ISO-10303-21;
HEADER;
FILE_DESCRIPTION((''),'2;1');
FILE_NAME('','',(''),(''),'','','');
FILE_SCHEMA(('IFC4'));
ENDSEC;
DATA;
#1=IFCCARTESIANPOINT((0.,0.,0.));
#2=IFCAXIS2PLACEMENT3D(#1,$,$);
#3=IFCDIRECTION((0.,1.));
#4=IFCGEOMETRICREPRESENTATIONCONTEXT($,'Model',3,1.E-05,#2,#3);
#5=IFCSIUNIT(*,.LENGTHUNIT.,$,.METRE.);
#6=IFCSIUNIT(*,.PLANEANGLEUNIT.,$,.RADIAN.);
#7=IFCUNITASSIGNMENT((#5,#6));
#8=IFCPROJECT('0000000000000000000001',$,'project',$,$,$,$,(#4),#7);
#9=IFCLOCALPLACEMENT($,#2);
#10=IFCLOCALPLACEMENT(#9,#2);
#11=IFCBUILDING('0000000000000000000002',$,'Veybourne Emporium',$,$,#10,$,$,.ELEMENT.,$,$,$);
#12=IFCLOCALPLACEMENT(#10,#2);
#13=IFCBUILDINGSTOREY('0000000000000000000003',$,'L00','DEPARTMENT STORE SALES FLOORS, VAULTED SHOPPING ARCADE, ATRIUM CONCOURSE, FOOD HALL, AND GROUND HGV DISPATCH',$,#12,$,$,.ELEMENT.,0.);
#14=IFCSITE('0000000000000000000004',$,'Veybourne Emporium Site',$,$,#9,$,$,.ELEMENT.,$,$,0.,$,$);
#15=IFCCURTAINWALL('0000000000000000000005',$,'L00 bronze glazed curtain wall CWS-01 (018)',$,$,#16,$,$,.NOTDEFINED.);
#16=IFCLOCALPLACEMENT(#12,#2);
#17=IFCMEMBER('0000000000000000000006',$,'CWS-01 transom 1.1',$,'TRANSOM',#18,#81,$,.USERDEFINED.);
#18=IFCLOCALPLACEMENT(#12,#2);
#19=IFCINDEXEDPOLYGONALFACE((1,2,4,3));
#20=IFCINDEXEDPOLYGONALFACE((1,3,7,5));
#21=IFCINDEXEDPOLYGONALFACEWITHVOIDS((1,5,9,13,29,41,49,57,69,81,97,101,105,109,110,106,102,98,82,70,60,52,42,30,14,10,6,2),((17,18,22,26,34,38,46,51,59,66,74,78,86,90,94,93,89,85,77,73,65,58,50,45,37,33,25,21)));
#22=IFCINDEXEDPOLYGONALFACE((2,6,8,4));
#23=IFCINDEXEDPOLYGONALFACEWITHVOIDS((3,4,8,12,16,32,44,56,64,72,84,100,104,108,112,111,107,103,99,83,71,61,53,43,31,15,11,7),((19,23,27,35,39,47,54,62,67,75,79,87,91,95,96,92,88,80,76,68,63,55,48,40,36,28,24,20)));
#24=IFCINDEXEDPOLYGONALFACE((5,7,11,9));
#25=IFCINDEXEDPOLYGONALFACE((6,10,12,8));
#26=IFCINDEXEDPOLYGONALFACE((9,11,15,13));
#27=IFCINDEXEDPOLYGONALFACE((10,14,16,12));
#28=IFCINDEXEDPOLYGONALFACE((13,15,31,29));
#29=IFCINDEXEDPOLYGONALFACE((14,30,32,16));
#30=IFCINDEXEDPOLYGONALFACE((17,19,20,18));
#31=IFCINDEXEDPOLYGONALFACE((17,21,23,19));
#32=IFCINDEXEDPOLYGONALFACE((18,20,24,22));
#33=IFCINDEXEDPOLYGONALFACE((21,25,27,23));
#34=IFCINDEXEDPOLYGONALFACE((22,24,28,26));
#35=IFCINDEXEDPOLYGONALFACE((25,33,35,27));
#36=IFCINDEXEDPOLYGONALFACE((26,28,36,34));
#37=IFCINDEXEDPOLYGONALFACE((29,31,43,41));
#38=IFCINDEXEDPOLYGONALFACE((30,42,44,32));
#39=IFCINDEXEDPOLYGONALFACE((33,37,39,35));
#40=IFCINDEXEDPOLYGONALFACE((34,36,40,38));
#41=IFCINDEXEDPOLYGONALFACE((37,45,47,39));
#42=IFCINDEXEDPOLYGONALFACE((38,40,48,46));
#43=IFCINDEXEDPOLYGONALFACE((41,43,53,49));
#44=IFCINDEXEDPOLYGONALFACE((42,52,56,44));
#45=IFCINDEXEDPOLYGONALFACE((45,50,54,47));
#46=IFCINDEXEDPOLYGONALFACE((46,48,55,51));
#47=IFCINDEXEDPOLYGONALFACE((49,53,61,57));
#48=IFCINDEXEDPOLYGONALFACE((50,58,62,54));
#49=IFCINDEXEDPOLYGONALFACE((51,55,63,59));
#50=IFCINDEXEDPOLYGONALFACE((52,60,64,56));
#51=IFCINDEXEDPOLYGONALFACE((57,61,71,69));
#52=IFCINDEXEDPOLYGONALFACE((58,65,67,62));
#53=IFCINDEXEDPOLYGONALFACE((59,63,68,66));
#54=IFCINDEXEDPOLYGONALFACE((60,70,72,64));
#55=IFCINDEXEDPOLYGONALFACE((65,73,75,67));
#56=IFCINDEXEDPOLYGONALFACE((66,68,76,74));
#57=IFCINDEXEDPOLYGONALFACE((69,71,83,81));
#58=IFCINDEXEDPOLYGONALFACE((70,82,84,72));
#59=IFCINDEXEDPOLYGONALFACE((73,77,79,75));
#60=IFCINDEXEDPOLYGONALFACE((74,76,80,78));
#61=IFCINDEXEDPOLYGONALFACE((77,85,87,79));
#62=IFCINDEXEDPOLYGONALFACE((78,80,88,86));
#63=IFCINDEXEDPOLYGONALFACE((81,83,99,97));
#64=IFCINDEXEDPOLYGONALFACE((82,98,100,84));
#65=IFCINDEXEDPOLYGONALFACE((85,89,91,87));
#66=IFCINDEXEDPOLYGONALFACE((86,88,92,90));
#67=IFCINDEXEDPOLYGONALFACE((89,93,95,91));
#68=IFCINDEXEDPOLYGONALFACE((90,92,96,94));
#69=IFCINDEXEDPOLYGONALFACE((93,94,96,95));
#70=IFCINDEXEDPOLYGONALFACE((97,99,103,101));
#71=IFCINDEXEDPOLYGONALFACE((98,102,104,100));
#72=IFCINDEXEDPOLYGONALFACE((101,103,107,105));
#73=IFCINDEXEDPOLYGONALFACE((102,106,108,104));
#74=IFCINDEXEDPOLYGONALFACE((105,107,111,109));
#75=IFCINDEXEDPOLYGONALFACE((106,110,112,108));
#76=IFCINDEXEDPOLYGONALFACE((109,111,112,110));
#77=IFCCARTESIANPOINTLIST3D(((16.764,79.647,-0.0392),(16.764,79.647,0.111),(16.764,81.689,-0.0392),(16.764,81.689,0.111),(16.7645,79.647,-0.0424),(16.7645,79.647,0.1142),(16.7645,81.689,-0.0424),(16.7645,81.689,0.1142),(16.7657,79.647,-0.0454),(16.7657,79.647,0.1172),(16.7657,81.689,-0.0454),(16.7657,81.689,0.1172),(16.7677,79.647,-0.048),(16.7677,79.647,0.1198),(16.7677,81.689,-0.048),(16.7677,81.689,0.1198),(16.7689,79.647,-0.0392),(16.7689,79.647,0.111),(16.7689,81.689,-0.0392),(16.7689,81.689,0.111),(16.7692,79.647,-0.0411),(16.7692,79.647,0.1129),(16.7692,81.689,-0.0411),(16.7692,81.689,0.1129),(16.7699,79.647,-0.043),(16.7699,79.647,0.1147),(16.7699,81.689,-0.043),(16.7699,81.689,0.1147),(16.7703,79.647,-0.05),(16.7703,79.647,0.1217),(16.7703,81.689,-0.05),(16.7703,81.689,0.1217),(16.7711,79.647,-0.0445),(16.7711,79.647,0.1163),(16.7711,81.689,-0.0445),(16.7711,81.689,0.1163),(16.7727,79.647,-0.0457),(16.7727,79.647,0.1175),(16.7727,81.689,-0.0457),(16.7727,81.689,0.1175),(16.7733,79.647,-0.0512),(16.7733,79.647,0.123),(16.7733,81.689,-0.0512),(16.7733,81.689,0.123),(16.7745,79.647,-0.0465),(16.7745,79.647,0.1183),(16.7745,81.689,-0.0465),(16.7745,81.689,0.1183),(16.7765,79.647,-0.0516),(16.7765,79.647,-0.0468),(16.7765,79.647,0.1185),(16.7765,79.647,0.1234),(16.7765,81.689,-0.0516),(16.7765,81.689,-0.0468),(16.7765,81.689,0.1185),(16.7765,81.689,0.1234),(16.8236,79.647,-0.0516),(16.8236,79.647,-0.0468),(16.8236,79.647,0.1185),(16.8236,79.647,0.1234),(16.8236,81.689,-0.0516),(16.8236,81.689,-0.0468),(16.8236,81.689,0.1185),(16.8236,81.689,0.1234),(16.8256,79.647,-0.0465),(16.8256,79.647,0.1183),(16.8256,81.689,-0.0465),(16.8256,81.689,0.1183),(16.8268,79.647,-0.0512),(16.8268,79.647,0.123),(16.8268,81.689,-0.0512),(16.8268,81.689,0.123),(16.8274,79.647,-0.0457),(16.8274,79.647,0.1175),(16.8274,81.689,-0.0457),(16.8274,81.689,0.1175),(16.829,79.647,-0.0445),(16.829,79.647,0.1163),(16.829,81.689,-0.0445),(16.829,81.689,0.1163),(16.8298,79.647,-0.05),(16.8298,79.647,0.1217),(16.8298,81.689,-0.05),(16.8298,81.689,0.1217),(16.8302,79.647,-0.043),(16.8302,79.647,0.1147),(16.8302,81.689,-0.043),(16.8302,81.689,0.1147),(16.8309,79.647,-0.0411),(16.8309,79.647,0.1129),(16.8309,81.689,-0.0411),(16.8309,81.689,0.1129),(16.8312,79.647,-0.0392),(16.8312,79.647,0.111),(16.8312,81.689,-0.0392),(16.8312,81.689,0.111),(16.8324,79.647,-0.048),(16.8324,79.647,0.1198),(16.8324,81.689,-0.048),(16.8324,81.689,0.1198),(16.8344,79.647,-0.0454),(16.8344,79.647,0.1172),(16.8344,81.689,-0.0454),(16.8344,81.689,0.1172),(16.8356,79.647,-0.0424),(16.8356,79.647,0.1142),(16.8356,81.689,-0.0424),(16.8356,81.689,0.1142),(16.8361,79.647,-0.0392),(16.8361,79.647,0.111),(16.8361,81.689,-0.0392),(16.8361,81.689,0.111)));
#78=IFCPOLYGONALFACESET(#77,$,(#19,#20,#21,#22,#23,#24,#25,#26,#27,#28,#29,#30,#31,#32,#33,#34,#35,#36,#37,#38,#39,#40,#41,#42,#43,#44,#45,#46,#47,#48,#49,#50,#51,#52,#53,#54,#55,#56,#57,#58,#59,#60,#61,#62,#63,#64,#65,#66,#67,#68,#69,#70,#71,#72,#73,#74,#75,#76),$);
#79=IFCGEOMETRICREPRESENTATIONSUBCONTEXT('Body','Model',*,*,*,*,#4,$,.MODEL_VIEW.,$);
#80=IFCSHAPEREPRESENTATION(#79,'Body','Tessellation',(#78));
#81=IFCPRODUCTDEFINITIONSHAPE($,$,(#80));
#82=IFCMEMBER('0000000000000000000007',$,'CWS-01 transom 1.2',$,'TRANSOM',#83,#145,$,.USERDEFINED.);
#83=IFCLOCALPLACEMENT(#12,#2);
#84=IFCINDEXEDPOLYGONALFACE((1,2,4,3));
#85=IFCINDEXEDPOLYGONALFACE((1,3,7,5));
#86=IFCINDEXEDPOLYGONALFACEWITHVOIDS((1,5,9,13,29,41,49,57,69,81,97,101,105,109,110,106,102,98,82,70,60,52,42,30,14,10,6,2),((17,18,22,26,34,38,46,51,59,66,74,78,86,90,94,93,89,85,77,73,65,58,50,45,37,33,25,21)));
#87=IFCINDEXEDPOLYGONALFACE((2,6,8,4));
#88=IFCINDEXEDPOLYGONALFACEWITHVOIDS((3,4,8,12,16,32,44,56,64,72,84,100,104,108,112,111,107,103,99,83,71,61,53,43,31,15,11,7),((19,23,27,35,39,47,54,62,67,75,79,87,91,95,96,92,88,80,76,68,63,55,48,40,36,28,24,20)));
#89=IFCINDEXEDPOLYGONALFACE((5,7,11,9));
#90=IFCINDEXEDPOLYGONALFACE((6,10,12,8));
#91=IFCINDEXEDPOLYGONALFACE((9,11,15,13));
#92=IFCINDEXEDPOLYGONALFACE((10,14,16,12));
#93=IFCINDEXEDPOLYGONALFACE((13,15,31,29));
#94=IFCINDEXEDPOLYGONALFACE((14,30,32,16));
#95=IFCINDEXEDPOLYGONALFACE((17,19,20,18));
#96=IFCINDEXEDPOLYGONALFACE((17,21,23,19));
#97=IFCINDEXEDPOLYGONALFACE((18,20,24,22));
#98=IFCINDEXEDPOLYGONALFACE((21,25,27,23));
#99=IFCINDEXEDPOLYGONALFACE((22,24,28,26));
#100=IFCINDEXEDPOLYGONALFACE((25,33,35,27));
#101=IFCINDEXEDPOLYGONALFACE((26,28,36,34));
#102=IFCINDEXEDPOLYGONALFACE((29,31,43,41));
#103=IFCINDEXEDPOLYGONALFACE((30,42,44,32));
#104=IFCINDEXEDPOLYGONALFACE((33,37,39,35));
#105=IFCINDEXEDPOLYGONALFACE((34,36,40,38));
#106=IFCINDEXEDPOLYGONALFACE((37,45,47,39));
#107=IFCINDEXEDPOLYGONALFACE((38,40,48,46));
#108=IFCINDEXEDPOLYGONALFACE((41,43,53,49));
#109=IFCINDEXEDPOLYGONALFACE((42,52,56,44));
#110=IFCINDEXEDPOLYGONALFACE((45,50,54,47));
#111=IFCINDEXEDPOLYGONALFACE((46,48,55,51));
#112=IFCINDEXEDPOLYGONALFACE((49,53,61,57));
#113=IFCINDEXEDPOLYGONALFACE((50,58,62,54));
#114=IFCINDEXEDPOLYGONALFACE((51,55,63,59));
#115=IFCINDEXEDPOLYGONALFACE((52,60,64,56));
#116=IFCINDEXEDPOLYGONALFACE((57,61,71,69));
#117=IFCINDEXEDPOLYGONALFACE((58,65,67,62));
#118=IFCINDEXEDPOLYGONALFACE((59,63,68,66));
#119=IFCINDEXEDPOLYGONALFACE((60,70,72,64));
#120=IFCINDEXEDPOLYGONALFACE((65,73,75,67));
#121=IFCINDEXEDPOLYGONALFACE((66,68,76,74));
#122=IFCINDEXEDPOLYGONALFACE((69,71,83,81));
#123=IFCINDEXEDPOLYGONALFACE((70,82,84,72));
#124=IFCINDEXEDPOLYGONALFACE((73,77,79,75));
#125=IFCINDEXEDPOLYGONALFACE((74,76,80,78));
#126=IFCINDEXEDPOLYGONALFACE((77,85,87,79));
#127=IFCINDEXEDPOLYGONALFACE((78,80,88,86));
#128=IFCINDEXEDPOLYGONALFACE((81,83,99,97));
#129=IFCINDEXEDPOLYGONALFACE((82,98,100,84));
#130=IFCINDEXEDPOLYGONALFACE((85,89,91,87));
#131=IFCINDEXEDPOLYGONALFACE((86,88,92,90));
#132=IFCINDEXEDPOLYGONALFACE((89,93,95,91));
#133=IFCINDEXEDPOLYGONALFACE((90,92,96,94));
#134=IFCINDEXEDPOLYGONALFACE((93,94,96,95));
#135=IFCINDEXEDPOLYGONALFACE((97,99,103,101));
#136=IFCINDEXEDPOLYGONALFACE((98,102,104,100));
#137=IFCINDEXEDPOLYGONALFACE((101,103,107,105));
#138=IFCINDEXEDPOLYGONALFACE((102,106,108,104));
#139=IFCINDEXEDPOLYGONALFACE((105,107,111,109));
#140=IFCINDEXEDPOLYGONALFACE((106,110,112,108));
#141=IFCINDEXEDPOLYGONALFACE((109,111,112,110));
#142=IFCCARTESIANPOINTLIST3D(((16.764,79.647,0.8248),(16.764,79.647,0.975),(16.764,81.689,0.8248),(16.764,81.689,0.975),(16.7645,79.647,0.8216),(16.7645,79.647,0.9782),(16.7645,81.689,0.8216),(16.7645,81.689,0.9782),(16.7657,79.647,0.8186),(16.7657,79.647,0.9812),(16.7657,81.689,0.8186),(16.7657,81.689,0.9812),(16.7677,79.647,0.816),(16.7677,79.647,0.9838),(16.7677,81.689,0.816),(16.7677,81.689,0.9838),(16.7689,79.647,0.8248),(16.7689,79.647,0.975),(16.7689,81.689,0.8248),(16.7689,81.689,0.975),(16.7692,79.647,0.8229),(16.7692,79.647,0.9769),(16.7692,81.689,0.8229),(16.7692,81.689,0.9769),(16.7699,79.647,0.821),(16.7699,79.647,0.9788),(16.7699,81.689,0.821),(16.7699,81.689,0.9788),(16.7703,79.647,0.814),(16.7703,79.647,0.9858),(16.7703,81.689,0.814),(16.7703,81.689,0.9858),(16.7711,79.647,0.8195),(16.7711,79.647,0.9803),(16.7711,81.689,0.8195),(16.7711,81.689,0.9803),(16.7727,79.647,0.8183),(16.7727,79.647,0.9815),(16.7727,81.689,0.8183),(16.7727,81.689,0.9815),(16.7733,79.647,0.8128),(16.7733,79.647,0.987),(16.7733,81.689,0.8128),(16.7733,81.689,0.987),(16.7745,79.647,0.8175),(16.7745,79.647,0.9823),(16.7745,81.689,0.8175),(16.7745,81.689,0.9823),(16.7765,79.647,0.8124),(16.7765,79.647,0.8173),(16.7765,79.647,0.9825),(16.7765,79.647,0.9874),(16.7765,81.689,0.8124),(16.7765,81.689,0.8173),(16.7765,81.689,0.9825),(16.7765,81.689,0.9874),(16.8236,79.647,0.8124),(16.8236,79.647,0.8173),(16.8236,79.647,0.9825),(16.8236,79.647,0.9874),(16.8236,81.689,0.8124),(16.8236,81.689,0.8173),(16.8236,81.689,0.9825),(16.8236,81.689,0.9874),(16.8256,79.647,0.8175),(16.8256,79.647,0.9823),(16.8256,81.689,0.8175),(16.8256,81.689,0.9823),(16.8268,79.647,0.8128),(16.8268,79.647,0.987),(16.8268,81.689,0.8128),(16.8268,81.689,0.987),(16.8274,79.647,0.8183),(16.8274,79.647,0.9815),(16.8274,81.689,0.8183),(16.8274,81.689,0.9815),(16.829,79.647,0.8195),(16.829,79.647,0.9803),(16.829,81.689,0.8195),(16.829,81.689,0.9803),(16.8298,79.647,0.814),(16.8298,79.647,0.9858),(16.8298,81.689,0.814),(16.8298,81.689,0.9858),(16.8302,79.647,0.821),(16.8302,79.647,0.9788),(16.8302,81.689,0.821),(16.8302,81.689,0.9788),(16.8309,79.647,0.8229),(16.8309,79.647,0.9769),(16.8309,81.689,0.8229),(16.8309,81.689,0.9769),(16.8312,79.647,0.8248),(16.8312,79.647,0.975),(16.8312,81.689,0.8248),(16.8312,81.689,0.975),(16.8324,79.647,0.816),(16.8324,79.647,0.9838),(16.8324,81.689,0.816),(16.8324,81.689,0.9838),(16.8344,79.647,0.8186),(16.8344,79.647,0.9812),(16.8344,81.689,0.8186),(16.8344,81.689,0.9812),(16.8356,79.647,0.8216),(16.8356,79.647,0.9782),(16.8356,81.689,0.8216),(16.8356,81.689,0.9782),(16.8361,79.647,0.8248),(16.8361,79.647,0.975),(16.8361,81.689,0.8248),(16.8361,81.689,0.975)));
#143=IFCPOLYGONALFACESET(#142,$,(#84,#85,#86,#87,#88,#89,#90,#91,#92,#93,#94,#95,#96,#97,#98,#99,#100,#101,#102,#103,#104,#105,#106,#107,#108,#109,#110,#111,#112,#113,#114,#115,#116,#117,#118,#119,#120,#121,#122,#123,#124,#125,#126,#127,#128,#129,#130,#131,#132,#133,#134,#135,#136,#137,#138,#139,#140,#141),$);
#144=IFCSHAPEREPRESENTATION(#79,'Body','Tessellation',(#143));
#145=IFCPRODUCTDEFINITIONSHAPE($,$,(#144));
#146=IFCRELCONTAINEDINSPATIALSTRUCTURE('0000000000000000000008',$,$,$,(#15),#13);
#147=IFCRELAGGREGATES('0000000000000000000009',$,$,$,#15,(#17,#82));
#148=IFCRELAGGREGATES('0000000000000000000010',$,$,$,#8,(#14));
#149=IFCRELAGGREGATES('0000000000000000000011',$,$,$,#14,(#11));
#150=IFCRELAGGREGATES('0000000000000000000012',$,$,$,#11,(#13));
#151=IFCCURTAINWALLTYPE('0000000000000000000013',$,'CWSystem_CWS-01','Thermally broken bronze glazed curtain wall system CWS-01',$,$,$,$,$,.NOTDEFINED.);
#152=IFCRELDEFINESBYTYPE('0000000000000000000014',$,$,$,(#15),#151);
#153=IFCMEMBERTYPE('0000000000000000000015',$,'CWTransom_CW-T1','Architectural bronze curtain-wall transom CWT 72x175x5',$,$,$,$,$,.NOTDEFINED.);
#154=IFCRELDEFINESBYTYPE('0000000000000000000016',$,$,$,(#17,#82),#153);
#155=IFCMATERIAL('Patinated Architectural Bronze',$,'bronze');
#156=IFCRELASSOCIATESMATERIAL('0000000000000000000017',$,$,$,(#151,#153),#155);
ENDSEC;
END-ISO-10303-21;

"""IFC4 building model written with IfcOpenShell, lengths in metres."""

from ifc_helpers import new_model, si_unit, direction, frame, origin, origin_2d, place, context, subcontext, project, spatial, hollow_rectangle, extrude, material, material_profile, profile_set, type_object, element, aggregate, save


model = new_model("IFC4")

# Units and contexts
model_context = context("Model", 3, precision=1e-05, world=origin(), true_north=direction((0.0, 1.0)))
body_context = subcontext(model_context, "Body", "Model", "MODEL_VIEW")
ifc_project = project(units=[si_unit("LENGTHUNIT", "METRE"), si_unit("PLANEANGLEUNIT", "RADIAN")], contexts=[model_context])

# Site, building, storey
site_placement = place(None, origin())
site = spatial("IfcSite", under=ifc_project, at=site_placement, Name="Veybourne Emporium Site", CompositionType="ELEMENT", RefElevation=0.0)
building_placement = place(site_placement, origin())
building = spatial("IfcBuilding", under=site, at=building_placement, Name="Veybourne Emporium", CompositionType="ELEMENT")
storey_placement = place(building_placement, origin())
storey = spatial("IfcBuildingStorey", under=building, at=storey_placement, Name="L00", Description="DEPARTMENT STORE SALES FLOORS, VAULTED SHOPPING ARCADE, ATRIUM CONCOURSE, FOOD HALL, AND GROUND HGV DISPATCH", CompositionType="ELEMENT", Elevation=0.0)

# Curtain wall, members
ifc_material_1 = material(Name="Patinated Architectural Bronze", Category="bronze")
curtain_wall_type = type_object("IfcCurtainWallType", Name="CWSystem_CWS-01", Description="Thermally broken bronze glazed curtain wall system CWS-01", PredefinedType="NOTDEFINED", material=ifc_material_1)
curtain_wall_placement = place(storey_placement, origin())
curtain_wall = element("IfcCurtainWall", 1, at=curtain_wall_placement, inside=storey, type_object=curtain_wall_type, Name="L00 bronze glazed curtain wall CWS-01 (018)", PredefinedType="NOTDEFINED")
ifc_material_profile_1 = material_profile(ifc_material_1, hollow_rectangle(XDim=0.072, YDim=0.175, WallThickness=0.0049, InnerFilletRadius=0.0076, OuterFilletRadius=0.0125, at=origin_2d()), Name="CWT 72x175x5")
ifc_profile_set_1 = profile_set([ifc_material_profile_1], Name="Patinated Architectural Bronze")
member_type_1 = type_object("IfcMemberType", Name="CWTransom_CW-T1", Description="Architectural bronze curtain-wall transom CWT 72x175x5", PredefinedType="NOTDEFINED", material=ifc_profile_set_1)
member_1_placement = place(storey_placement, frame((16.8, 79.647, 0.0359), z_axis=(0.0, 1.0, 0.0), x_axis=(-1.0, 0.0, 0.0)))
member_1 = element("IfcMember", 2, at=member_1_placement, type_object=member_type_1, Name="CWS-01 transom 1.1", ObjectType="TRANSOM", PredefinedType="USERDEFINED", context=body_context, shape_type="SweptSolid", body=[
    extrude(hollow_rectangle(XDim=0.072, YDim=0.175, WallThickness=0.0049, InnerFilletRadius=0.0076, OuterFilletRadius=0.0125, at=origin_2d()), origin(), (0.0, 0.0, 1.0), 2.042),
])
member_2_placement = place(storey_placement, frame((16.8, 79.647, 0.8999), z_axis=(0.0, 1.0, 0.0), x_axis=(-1.0, 0.0, 0.0)))
member_2 = element("IfcMember", 3, at=member_2_placement, type_object=member_type_1, Name="CWS-01 transom 1.2", ObjectType="TRANSOM", PredefinedType="USERDEFINED", context=body_context, shape_type="SweptSolid", body=[
    extrude(hollow_rectangle(XDim=0.072, YDim=0.175, WallThickness=0.0049, InnerFilletRadius=0.0076, OuterFilletRadius=0.0125, at=origin_2d()), origin(), (0.0, 0.0, 1.0), 2.042),
])

aggregate(curtain_wall, [member_1, member_2])

save(model, "model.ifc")
